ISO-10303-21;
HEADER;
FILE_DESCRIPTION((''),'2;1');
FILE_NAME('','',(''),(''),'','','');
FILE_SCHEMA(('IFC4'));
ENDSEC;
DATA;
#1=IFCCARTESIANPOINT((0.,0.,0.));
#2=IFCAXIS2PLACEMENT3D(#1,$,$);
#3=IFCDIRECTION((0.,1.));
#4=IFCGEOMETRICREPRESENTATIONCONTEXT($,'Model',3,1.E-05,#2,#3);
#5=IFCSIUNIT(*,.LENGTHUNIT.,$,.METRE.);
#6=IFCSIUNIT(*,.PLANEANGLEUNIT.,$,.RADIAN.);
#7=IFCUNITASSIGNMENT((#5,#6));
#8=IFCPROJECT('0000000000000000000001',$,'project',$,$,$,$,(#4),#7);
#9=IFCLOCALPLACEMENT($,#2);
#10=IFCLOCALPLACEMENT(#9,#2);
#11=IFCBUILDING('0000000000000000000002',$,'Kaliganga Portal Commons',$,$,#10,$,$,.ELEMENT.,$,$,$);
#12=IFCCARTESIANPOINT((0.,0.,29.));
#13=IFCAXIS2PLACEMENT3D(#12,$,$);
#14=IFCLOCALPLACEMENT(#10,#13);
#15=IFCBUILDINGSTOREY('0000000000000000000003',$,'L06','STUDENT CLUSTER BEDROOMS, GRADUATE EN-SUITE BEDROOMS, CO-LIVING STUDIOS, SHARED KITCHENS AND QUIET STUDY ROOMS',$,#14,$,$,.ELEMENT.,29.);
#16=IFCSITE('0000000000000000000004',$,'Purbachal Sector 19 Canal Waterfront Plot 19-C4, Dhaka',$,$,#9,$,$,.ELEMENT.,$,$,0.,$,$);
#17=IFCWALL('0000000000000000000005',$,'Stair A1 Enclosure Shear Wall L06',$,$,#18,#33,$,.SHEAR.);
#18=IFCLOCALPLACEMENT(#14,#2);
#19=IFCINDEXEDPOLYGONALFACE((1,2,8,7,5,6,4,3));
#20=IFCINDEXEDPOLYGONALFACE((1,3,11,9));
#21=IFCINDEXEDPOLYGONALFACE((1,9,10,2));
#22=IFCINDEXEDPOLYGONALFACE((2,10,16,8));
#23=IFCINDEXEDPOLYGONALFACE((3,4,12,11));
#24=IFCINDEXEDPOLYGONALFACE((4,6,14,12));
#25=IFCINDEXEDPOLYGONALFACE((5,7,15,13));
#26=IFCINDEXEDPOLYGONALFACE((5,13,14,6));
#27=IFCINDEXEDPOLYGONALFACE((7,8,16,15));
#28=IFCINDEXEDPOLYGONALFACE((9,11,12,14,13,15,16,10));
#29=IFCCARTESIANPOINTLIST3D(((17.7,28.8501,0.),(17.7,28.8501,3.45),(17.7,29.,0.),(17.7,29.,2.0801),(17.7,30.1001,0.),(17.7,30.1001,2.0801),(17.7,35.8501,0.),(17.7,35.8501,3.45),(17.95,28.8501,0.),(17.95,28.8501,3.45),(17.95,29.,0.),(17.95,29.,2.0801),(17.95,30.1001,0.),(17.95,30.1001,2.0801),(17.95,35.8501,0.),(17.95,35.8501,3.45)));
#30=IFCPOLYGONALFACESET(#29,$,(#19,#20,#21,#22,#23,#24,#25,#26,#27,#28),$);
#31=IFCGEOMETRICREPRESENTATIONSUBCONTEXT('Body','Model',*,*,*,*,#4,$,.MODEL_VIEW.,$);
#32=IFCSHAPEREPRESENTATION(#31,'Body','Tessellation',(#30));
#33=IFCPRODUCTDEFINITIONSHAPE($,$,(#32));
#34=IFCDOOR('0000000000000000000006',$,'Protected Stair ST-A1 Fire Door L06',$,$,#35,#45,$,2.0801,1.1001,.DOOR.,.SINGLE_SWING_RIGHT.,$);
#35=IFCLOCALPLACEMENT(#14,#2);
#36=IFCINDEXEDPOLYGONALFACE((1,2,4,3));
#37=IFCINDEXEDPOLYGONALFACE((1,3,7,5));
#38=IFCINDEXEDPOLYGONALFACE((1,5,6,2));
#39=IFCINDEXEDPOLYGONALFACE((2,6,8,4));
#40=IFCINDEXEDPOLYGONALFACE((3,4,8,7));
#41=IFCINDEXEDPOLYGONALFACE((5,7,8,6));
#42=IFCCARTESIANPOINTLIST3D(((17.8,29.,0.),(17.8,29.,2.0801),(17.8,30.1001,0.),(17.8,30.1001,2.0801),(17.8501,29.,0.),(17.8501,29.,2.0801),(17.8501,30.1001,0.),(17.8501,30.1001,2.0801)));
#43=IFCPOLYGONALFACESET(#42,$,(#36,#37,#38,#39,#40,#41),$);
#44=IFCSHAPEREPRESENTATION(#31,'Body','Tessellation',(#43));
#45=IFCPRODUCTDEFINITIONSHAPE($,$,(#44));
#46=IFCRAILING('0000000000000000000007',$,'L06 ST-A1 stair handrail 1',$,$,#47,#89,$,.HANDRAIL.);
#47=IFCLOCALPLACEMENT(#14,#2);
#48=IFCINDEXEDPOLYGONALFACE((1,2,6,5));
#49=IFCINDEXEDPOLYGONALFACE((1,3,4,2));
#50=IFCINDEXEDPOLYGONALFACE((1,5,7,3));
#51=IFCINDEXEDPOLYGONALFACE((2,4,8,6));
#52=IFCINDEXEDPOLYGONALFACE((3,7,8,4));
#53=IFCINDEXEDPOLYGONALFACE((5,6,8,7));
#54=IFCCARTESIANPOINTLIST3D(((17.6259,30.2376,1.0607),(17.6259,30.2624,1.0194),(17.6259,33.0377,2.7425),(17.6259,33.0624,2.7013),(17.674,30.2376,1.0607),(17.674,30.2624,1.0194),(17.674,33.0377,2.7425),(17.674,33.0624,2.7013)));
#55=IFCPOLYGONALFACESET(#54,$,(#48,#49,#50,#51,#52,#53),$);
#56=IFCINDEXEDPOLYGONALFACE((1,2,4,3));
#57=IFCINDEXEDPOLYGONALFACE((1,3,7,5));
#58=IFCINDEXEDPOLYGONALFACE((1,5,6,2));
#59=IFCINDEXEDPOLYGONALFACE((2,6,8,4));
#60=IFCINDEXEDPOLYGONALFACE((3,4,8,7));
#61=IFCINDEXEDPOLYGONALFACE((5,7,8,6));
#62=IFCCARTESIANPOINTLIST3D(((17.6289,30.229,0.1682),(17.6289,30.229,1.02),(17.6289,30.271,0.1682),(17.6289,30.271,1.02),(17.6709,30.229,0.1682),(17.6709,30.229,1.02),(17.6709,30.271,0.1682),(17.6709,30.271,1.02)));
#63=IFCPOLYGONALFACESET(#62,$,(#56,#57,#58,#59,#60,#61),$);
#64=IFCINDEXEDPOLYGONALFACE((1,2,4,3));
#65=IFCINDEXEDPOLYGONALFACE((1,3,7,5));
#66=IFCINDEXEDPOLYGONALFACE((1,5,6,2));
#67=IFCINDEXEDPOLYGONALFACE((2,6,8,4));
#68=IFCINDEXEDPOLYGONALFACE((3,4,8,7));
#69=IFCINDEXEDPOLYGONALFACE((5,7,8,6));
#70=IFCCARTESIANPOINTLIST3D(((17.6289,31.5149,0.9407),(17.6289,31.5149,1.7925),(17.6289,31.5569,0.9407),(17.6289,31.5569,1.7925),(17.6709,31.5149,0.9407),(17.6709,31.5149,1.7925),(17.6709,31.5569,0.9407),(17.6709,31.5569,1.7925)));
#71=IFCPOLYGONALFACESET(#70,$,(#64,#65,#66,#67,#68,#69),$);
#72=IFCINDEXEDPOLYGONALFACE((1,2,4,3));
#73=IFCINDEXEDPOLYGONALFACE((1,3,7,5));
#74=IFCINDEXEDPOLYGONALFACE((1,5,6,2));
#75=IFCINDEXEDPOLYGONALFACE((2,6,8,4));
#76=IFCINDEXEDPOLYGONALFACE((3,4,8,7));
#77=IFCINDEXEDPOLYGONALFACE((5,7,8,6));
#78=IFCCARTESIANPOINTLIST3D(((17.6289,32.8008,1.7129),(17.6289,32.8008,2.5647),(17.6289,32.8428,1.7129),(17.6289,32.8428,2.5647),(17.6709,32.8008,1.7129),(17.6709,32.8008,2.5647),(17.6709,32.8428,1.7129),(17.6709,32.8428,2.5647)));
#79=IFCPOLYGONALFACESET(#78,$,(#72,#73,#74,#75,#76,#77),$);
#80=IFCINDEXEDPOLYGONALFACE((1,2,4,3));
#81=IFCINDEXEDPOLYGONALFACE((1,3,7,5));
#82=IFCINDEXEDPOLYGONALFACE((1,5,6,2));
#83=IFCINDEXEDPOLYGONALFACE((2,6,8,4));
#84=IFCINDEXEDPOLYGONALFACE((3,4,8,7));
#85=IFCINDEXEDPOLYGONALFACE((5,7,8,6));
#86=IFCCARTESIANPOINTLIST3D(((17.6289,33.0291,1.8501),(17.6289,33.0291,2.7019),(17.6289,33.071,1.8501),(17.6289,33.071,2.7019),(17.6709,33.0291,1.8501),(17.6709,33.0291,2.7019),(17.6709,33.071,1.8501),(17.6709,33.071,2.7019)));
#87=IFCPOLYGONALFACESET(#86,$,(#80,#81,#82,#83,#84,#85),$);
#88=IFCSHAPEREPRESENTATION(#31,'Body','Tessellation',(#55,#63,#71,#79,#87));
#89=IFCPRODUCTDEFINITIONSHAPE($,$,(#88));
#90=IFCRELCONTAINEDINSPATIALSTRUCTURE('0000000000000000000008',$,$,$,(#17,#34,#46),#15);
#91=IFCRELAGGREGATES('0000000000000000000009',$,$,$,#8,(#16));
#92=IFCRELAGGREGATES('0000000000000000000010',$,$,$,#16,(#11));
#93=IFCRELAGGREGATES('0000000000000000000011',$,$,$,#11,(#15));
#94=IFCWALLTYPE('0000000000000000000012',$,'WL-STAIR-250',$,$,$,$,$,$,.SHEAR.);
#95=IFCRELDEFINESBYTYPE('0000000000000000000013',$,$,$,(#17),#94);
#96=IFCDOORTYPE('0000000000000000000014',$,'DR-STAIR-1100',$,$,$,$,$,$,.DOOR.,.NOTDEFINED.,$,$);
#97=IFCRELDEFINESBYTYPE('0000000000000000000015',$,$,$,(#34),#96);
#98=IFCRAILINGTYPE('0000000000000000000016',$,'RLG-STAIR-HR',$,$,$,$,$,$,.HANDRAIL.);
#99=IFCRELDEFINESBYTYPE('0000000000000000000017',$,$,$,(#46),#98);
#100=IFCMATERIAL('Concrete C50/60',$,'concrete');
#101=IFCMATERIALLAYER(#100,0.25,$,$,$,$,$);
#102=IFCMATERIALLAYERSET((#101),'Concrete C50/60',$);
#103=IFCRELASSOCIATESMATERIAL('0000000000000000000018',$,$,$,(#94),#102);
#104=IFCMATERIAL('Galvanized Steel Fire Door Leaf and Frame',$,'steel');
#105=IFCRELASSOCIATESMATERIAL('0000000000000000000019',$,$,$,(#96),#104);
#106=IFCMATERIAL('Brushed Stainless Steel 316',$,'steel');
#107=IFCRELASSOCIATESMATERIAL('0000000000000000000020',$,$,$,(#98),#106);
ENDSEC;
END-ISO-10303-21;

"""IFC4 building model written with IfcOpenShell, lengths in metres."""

from ifc_helpers import new_model, si_unit, direction, frame, frame_2d, origin, origin_2d, place, context, subcontext, project, spatial, rectangle, extrude, material, layer, layer_set, type_object, element, fill, save


model = new_model("IFC4")

# Units and contexts
model_context = context("Model", 3, precision=1e-05, world=origin(), true_north=direction((0.0, 1.0)))
body_context = subcontext(model_context, "Body", "Model", "MODEL_VIEW")
ifc_project = project(units=[si_unit("LENGTHUNIT", "METRE"), si_unit("PLANEANGLEUNIT", "RADIAN")], contexts=[model_context])

# Site, building, storey
site_placement = place(None, origin())
site = spatial("IfcSite", under=ifc_project, at=site_placement, Name="Purbachal Sector 19 Canal Waterfront Plot 19-C4, Dhaka", CompositionType="ELEMENT", RefElevation=0.0)
building_placement = place(site_placement, origin())
building = spatial("IfcBuilding", under=site, at=building_placement, Name="Kaliganga Portal Commons", CompositionType="ELEMENT")
storey_placement = place(building_placement, frame((0.0, 0.0, 29.0)))
storey = spatial("IfcBuildingStorey", under=building, at=storey_placement, Name="L06", Description="STUDENT CLUSTER BEDROOMS, GRADUATE EN-SUITE BEDROOMS, CO-LIVING STUDIOS, SHARED KITCHENS AND QUIET STUDY ROOMS", CompositionType="ELEMENT", Elevation=29.0)

# Wall, opening, door
ifc_material_1 = material(Name="Concrete C50/60", Category="concrete")
ifc_layer_1 = layer(ifc_material_1, 0.25)
ifc_layer_set_1 = layer_set([ifc_layer_1], Name="Concrete C50/60")
wall_type_1 = type_object("IfcWallType", Name="WL-STAIR-250", PredefinedType="SHEAR", material=ifc_layer_set_1)
wall_1_placement = place(storey_placement, frame((17.825, 28.8501, 0.0), z_axis=(0.0, 0.0, 1.0), x_axis=(0.0, 1.0, 0.0)))
wall_1 = element("IfcWall", 1, at=wall_1_placement, inside=storey, type_object=wall_type_1, Name="Stair A1 Enclosure Shear Wall L06", PredefinedType="SHEAR", context=body_context, shape_type="SweptSolid", body=[
    extrude(rectangle(XDim=7.0, YDim=0.25, at=frame_2d((3.5, 0.0))), origin(), (0.0, 0.0, 1.0), 3.45),
])
opening_1_placement = place(wall_1_placement, frame((0.1499, 0.0, 0.0)))
opening_1 = element("IfcOpeningElement", 2, at=opening_1_placement, cuts=wall_1, PredefinedType="OPENING", context=body_context, shape_type="SweptSolid", body=[
    extrude(rectangle(XDim=1.1001, YDim=2.0801, at=frame_2d((0.55, 1.04))), frame((0.0, 0.135, 0.0), z_axis=(0.0, -1.0, 0.0), x_axis=(1.0, 0.0, 0.0)), (0.0, 0.0, 1.0), 0.27),
])
ifc_material_2 = material(Name="Galvanized Steel Fire Door Leaf and Frame", Category="steel")
door_type_1 = type_object("IfcDoorType", Name="DR-STAIR-1100", OperationType="NOTDEFINED", PredefinedType="DOOR", material=ifc_material_2)
door_1_placement = place(opening_1_placement, origin())
door_1 = element("IfcDoor", 3, at=door_1_placement, inside=storey, type_object=door_type_1, Name="Protected Stair ST-A1 Fire Door L06", OperationType="SINGLE_SWING_RIGHT", OverallHeight=2.0801, OverallWidth=1.1001, PredefinedType="DOOR", context=body_context, shape_type="SweptSolid", body=[
    extrude(rectangle(XDim=1.1001, YDim=2.0801, at=frame_2d((0.55, 1.04))), frame((0.0, 0.0249, 0.0), z_axis=(0.0, -1.0, 0.0), x_axis=(1.0, 0.0, 0.0)), (0.0, 0.0, 1.0), 0.05),
])
fill(opening_1, door_1)

# Railing
ifc_material_3 = material(Name="Brushed Stainless Steel 316", Category="steel")
railing_type = type_object("IfcRailingType", Name="RLG-STAIR-HR", PredefinedType="HANDRAIL", material=ifc_material_3)
railing_placement = place(storey_placement, frame((17.6499, 30.25, 0.1682)))
element("IfcRailing", 4, at=railing_placement, inside=storey, type_object=railing_type, Name="L06 ST-A1 stair handrail 1", PredefinedType="HANDRAIL", context=body_context, shape_type="SweptSolid", body=[
    extrude(rectangle(XDim=0.0481, YDim=0.0481, at=origin_2d()), frame((0.0, 0.0, 0.8718), z_axis=(0.0, 0.857242, 0.514913), x_axis=(-1.0, 0.0, 0.0)), (0.0, 0.0, 1.0), 3.2664),
    extrude(rectangle(XDim=0.042, YDim=0.042, at=origin_2d()), origin(), (0.0, 0.0, 1.0), 0.8518),
    extrude(rectangle(XDim=0.042, YDim=0.042, at=origin_2d()), frame((0.0, 1.2859, 0.7725)), (0.0, 0.0, 1.0), 0.8518),
    extrude(rectangle(XDim=0.042, YDim=0.042, at=origin_2d()), frame((0.0, 2.5718, 1.5447)), (0.0, 0.0, 1.0), 0.8518),
    extrude(rectangle(XDim=0.042, YDim=0.042, at=origin_2d()), frame((0.0, 2.8, 1.6819)), (0.0, 0.0, 1.0), 0.8518),
])

save(model, "model.ifc")
